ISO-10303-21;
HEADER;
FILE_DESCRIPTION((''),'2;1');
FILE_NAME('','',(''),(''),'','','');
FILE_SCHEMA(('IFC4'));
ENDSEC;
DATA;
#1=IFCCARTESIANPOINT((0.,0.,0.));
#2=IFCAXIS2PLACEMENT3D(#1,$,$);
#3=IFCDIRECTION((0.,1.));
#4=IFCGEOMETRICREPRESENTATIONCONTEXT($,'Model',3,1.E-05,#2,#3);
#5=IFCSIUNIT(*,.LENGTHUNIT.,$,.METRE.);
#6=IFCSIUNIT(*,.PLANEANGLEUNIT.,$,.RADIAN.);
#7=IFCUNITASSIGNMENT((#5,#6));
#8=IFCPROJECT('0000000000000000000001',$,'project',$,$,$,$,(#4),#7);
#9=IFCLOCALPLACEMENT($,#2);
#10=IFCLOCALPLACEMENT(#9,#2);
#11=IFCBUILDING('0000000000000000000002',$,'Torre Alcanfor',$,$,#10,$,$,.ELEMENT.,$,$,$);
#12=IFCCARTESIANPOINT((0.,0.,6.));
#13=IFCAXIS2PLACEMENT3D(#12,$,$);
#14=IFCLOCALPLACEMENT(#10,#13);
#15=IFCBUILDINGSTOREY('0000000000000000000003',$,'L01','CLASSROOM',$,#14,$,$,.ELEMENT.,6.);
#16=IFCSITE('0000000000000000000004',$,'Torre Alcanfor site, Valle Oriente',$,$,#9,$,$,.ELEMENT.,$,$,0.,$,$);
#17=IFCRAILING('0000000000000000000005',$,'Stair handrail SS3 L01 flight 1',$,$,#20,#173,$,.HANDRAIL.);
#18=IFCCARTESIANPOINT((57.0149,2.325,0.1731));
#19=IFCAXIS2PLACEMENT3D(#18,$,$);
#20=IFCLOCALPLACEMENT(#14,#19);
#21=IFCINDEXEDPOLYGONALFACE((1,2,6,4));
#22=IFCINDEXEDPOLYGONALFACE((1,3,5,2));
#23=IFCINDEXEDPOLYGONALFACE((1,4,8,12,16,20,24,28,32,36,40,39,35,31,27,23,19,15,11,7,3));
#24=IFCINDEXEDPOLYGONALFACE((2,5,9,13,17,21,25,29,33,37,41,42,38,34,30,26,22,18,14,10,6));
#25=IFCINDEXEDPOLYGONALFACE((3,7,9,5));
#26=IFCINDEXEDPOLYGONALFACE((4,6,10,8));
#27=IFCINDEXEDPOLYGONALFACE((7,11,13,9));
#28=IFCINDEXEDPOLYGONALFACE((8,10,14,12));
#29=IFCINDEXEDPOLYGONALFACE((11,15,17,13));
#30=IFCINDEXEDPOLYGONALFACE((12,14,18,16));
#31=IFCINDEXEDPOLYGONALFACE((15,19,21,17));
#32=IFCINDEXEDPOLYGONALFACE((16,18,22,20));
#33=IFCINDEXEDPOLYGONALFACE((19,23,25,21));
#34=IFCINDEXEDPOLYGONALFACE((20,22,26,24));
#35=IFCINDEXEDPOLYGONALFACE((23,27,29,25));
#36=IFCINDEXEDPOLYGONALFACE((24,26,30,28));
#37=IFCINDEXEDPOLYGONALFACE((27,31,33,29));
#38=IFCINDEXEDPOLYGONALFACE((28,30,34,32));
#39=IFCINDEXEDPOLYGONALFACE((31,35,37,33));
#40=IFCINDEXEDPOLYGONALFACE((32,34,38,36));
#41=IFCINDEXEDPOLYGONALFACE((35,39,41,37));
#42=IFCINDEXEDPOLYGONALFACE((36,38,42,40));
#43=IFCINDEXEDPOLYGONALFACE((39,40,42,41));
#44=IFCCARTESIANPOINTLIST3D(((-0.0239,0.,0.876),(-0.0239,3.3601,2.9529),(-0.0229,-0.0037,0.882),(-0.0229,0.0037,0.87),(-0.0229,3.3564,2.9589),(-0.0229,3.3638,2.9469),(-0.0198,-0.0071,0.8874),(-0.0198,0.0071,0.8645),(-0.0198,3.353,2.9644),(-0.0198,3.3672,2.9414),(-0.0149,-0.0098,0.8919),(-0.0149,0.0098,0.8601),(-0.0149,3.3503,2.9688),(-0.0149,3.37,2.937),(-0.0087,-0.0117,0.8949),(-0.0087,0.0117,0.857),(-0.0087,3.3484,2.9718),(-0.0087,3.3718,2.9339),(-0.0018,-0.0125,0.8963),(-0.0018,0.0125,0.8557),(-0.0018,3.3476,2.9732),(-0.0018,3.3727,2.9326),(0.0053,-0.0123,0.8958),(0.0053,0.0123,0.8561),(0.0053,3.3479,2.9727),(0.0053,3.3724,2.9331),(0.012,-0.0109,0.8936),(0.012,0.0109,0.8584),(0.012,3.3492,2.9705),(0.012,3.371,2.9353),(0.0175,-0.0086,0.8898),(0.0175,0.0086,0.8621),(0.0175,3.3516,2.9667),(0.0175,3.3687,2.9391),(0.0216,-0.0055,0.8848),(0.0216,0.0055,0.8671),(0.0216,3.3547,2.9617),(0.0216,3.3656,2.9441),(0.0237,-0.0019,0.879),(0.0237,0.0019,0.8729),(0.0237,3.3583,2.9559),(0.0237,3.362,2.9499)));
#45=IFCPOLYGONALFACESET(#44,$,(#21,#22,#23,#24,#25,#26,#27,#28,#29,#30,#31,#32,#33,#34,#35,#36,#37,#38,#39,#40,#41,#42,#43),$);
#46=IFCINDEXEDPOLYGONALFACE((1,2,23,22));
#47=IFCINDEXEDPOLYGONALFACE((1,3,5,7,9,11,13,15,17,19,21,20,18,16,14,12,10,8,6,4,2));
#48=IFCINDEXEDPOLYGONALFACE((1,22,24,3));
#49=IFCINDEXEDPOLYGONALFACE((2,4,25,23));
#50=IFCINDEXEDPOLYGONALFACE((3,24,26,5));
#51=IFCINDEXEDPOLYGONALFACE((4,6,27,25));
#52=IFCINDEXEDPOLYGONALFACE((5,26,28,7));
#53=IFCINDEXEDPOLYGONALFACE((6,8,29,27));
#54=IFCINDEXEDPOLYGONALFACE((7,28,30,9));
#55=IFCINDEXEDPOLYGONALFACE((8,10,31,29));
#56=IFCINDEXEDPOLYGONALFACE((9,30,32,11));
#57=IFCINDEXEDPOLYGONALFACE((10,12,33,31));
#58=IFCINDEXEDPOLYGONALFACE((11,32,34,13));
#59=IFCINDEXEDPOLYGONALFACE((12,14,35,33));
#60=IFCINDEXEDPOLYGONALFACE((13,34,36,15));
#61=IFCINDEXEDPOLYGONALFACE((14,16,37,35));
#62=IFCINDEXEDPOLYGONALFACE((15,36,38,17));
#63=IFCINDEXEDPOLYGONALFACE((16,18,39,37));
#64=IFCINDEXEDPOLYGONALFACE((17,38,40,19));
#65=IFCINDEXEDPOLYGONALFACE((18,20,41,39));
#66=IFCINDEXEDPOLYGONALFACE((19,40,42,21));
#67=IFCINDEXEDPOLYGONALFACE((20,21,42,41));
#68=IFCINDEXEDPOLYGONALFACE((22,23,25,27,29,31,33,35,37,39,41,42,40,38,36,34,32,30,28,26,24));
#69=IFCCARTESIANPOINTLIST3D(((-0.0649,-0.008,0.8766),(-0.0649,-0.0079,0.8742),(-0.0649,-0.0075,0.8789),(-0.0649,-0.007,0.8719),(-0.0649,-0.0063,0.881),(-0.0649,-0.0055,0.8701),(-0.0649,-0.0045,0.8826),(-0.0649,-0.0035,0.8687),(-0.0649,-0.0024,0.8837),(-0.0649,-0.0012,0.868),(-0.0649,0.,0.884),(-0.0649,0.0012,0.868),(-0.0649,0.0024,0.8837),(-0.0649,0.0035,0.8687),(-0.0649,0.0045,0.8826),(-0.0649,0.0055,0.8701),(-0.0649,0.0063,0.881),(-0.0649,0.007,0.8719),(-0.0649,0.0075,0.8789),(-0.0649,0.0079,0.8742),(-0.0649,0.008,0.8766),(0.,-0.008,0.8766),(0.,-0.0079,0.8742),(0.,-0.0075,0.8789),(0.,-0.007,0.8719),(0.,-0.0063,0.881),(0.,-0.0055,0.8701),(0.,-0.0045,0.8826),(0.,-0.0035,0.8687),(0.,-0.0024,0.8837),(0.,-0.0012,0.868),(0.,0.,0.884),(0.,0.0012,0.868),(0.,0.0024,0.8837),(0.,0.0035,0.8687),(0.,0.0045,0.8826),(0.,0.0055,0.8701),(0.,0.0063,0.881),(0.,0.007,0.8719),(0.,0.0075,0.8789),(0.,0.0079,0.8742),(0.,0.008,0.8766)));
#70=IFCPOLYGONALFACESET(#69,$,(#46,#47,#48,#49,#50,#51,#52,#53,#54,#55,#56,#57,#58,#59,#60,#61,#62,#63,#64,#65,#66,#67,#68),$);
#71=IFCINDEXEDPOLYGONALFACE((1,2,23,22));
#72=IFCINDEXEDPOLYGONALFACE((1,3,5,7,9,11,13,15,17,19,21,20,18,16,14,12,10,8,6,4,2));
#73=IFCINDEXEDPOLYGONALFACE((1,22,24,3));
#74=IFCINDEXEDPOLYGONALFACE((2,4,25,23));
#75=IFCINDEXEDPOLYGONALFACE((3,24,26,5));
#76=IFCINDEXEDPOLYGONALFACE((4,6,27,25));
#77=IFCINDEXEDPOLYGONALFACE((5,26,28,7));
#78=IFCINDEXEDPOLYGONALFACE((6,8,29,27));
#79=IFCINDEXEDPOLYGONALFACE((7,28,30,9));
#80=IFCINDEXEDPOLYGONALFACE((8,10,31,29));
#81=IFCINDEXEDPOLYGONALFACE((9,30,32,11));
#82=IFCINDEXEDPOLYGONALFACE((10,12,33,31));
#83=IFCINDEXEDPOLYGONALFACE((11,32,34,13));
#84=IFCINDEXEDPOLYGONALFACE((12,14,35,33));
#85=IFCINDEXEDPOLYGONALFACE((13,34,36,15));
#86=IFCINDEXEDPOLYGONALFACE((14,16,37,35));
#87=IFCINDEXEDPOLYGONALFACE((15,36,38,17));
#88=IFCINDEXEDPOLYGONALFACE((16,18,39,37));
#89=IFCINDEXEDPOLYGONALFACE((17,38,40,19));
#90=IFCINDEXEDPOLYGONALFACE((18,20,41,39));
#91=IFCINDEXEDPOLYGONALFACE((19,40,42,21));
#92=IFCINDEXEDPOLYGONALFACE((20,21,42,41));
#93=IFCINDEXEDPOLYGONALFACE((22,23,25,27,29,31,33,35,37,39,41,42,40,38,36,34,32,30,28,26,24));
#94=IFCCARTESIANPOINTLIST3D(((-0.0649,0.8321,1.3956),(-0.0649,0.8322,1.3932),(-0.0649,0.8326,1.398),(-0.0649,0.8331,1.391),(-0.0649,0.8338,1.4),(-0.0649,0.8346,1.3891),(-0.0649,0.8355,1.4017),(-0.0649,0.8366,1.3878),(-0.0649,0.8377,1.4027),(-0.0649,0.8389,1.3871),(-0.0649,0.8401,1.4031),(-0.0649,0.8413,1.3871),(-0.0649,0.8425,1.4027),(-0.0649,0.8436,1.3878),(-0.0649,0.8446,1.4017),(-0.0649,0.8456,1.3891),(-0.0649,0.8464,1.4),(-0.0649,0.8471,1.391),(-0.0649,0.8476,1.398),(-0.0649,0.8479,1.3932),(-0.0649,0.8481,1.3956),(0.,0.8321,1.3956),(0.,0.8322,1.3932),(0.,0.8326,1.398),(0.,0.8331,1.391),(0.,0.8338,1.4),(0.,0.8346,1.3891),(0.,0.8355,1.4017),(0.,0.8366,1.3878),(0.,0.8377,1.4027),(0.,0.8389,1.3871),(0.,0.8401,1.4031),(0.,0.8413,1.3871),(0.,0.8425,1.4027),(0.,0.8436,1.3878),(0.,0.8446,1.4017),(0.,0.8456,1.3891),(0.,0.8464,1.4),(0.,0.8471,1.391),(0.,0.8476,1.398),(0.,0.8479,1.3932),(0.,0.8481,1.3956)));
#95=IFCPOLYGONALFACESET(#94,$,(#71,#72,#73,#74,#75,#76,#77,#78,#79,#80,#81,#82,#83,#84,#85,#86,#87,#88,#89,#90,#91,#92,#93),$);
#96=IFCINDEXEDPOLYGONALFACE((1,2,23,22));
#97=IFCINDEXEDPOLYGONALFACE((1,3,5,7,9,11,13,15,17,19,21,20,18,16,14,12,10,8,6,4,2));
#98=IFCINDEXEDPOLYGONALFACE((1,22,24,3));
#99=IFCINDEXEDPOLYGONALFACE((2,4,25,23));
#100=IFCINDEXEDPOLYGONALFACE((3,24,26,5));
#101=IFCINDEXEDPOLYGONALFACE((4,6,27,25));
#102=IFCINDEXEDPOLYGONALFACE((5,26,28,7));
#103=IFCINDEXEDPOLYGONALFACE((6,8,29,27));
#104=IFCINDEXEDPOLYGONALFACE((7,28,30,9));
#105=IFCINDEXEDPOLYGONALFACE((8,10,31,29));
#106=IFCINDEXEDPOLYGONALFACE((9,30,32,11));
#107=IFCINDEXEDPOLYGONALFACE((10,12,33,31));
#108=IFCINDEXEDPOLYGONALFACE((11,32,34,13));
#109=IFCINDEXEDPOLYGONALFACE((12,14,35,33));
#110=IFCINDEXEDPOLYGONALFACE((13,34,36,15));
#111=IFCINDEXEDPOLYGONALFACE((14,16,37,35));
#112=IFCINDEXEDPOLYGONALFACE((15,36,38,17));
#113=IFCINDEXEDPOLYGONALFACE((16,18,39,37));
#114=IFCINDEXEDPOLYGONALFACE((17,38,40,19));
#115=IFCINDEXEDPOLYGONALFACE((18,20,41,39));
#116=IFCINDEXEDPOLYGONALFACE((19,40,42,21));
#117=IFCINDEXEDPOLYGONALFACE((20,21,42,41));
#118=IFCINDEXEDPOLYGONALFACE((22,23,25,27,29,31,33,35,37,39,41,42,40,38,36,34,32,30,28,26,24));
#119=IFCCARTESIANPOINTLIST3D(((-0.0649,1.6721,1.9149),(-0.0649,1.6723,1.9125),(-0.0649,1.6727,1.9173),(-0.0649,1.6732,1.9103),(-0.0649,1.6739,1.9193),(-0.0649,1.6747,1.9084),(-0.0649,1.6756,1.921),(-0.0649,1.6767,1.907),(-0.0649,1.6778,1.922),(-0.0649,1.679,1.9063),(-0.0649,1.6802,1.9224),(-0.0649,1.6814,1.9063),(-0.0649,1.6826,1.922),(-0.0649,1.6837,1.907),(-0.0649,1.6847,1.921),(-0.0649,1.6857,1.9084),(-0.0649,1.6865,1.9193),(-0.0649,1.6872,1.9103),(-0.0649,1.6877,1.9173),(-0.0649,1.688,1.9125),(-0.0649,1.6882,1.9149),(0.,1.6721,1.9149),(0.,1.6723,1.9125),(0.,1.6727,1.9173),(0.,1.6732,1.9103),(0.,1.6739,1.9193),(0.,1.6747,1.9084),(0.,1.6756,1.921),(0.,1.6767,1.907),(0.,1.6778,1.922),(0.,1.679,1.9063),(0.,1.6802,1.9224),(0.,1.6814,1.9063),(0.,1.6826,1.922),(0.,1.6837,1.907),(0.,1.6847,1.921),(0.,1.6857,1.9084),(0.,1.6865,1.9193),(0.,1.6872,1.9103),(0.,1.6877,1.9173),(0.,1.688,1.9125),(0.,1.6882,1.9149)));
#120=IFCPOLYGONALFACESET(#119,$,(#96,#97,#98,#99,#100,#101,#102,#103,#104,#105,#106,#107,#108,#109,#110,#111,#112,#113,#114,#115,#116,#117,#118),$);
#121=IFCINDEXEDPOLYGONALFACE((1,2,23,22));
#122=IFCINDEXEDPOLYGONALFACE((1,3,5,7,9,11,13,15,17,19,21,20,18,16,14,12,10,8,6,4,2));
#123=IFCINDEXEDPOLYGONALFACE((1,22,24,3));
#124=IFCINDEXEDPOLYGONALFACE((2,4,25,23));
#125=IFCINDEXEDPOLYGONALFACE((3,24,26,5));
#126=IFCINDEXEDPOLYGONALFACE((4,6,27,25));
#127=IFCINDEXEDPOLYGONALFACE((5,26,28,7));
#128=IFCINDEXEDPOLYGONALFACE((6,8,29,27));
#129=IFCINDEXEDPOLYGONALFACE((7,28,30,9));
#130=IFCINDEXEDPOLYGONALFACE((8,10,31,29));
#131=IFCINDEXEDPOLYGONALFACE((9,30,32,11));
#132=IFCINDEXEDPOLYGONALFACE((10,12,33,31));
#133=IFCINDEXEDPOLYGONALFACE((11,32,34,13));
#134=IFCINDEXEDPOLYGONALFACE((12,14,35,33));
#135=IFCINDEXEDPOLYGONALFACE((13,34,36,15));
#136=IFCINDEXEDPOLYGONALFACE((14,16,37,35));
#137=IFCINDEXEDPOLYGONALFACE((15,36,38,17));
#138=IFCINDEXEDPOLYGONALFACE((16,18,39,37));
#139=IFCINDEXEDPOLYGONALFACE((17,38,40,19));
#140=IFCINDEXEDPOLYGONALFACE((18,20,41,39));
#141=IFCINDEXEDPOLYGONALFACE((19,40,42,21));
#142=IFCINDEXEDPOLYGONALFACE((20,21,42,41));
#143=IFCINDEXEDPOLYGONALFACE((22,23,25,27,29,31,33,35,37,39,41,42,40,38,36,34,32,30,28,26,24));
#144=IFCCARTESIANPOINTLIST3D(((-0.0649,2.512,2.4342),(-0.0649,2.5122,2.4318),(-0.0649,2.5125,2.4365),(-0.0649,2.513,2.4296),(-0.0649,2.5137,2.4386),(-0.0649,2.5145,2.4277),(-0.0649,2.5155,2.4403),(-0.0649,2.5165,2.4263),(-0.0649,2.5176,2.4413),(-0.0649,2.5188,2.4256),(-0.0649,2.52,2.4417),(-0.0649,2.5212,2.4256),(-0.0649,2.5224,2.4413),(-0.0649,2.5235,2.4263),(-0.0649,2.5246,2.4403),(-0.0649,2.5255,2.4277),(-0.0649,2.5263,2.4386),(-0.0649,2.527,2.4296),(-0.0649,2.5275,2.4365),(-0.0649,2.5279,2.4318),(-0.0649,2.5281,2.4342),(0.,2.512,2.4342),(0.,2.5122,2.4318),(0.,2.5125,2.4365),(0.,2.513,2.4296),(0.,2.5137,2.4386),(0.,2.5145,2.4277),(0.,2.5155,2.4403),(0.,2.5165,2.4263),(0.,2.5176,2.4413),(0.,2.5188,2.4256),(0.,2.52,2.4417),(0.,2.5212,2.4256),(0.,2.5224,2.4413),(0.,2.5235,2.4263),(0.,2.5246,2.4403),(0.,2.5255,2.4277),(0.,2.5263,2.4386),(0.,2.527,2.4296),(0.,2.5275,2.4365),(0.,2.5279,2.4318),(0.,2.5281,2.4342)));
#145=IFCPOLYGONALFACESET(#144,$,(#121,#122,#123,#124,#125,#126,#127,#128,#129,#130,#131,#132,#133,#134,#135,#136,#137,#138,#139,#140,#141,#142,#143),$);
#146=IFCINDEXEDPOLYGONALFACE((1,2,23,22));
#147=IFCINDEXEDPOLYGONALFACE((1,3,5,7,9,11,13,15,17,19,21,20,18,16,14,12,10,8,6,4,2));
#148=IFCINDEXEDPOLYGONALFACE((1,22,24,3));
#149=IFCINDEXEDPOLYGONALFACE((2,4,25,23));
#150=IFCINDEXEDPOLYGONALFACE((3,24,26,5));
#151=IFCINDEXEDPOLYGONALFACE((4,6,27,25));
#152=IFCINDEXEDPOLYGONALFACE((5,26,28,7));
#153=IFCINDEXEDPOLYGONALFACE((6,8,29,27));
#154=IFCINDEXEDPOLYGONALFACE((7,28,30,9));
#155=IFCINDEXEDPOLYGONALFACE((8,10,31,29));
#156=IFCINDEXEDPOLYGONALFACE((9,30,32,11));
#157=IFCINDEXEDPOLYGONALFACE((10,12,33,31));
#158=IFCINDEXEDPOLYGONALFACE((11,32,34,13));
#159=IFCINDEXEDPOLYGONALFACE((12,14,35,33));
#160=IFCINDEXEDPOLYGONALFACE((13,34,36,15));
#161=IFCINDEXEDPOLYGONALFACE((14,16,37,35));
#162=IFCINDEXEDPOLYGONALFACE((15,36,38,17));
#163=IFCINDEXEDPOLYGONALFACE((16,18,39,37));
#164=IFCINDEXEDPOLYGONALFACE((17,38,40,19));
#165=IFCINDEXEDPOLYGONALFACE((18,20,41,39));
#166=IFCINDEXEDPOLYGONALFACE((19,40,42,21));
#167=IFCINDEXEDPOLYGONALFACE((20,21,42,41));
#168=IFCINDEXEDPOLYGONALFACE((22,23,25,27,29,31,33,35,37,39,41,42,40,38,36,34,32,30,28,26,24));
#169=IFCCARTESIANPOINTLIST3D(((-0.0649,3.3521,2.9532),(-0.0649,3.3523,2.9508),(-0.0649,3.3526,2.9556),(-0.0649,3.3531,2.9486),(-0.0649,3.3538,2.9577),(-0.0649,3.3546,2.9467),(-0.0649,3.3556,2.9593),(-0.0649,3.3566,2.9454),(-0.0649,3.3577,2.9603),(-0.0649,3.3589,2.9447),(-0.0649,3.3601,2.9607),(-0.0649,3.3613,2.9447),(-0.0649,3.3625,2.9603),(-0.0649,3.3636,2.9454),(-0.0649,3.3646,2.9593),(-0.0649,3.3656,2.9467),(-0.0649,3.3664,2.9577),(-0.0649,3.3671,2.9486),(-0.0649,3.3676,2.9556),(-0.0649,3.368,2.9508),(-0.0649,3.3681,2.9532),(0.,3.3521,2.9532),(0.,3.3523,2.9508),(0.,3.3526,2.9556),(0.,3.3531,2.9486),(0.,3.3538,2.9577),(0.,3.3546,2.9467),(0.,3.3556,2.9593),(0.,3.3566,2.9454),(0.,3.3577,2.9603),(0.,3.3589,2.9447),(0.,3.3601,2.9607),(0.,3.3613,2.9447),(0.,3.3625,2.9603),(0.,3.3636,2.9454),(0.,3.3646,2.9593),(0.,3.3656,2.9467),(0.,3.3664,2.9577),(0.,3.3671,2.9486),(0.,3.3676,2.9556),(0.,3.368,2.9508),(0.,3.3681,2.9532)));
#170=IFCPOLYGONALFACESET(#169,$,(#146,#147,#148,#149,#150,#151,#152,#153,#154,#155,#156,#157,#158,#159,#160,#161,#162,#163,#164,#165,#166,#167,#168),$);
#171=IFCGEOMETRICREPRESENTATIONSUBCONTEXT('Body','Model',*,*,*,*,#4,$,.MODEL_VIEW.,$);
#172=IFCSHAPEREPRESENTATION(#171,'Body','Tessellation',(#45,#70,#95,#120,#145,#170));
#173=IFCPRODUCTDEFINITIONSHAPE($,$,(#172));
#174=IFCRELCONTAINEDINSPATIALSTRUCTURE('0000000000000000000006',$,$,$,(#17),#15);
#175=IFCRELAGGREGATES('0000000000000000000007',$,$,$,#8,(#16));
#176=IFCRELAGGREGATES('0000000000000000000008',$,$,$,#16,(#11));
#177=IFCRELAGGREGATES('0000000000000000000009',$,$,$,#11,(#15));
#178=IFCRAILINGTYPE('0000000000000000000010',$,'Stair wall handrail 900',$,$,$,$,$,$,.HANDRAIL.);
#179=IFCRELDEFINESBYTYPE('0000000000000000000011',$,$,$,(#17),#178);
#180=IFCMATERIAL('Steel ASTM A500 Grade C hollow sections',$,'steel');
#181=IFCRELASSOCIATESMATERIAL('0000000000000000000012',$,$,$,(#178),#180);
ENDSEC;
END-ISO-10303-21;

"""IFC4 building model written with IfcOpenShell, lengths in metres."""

from ifc_helpers import new_model, si_unit, direction, frame, origin, origin_2d, place, context, subcontext, project, spatial, circle, extrude, material, type_object, element, save


model = new_model("IFC4")

# Units and contexts
model_context = context("Model", 3, precision=1e-05, world=origin(), true_north=direction((0.0, 1.0)))
body_context = subcontext(model_context, "Body", "Model", "MODEL_VIEW")
ifc_project = project(units=[si_unit("LENGTHUNIT", "METRE"), si_unit("PLANEANGLEUNIT", "RADIAN")], contexts=[model_context])

# Site, building, storey
site_placement = place(None, origin())
site = spatial("IfcSite", under=ifc_project, at=site_placement, Name="Torre Alcanfor site, Valle Oriente", CompositionType="ELEMENT", RefElevation=0.0)
building_placement = place(site_placement, origin())
building = spatial("IfcBuilding", under=site, at=building_placement, Name="Torre Alcanfor", CompositionType="ELEMENT")
storey_placement = place(building_placement, frame((0.0, 0.0, 6.0)))
storey = spatial("IfcBuildingStorey", under=building, at=storey_placement, Name="L01", Description="CLASSROOM", CompositionType="ELEMENT", Elevation=6.0)

# Railing
ifc_material_1 = material(Name="Steel ASTM A500 Grade C hollow sections", Category="steel")
railing_type_1 = type_object("IfcRailingType", Name="Stair wall handrail 900", PredefinedType="HANDRAIL", material=ifc_material_1)
railing_1_placement = place(storey_placement, frame((57.0149, 2.325, 0.1731)))
element("IfcRailing", 1, at=railing_1_placement, inside=storey, type_object=railing_type_1, Name="Stair handrail SS3 L01 flight 1", PredefinedType="HANDRAIL", context=body_context, shape_type="SweptSolid", body=[
    extrude(circle(Radius=0.0239, at=origin_2d()), frame((0.0, 0.0, 0.876), z_axis=(0.0, 0.850623, 0.525776), x_axis=(-1.0, 0.0, 0.0)), (0.0, 0.0, 1.0), 3.9502),
    extrude(circle(Radius=0.0081, at=origin_2d()), frame((0.0, 0.0, 0.876), z_axis=(-1.0, 0.0, 0.0), x_axis=(0.0, 0.0, 1.0)), (0.0, 0.0, 1.0), 0.0649),
    extrude(circle(Radius=0.0081, at=origin_2d()), frame((0.0, 0.8401, 1.395), z_axis=(-1.0, 0.0, 0.0), x_axis=(0.0, 0.0, 1.0)), (0.0, 0.0, 1.0), 0.0649),
    extrude(circle(Radius=0.0081, at=origin_2d()), frame((0.0, 1.6802, 1.9143), z_axis=(-1.0, 0.0, 0.0), x_axis=(0.0, 0.0, 1.0)), (0.0, 0.0, 1.0), 0.0649),
    extrude(circle(Radius=0.0081, at=origin_2d()), frame((0.0, 2.52, 2.4336), z_axis=(-1.0, 0.0, 0.0), x_axis=(0.0, 0.0, 1.0)), (0.0, 0.0, 1.0), 0.0649),
    extrude(circle(Radius=0.0081, at=origin_2d()), frame((0.0, 3.3601, 2.9526), z_axis=(-1.0, 0.0, 0.0), x_axis=(0.0, 0.0, 1.0)), (0.0, 0.0, 1.0), 0.0649),
])

save(model, "model.ifc")
